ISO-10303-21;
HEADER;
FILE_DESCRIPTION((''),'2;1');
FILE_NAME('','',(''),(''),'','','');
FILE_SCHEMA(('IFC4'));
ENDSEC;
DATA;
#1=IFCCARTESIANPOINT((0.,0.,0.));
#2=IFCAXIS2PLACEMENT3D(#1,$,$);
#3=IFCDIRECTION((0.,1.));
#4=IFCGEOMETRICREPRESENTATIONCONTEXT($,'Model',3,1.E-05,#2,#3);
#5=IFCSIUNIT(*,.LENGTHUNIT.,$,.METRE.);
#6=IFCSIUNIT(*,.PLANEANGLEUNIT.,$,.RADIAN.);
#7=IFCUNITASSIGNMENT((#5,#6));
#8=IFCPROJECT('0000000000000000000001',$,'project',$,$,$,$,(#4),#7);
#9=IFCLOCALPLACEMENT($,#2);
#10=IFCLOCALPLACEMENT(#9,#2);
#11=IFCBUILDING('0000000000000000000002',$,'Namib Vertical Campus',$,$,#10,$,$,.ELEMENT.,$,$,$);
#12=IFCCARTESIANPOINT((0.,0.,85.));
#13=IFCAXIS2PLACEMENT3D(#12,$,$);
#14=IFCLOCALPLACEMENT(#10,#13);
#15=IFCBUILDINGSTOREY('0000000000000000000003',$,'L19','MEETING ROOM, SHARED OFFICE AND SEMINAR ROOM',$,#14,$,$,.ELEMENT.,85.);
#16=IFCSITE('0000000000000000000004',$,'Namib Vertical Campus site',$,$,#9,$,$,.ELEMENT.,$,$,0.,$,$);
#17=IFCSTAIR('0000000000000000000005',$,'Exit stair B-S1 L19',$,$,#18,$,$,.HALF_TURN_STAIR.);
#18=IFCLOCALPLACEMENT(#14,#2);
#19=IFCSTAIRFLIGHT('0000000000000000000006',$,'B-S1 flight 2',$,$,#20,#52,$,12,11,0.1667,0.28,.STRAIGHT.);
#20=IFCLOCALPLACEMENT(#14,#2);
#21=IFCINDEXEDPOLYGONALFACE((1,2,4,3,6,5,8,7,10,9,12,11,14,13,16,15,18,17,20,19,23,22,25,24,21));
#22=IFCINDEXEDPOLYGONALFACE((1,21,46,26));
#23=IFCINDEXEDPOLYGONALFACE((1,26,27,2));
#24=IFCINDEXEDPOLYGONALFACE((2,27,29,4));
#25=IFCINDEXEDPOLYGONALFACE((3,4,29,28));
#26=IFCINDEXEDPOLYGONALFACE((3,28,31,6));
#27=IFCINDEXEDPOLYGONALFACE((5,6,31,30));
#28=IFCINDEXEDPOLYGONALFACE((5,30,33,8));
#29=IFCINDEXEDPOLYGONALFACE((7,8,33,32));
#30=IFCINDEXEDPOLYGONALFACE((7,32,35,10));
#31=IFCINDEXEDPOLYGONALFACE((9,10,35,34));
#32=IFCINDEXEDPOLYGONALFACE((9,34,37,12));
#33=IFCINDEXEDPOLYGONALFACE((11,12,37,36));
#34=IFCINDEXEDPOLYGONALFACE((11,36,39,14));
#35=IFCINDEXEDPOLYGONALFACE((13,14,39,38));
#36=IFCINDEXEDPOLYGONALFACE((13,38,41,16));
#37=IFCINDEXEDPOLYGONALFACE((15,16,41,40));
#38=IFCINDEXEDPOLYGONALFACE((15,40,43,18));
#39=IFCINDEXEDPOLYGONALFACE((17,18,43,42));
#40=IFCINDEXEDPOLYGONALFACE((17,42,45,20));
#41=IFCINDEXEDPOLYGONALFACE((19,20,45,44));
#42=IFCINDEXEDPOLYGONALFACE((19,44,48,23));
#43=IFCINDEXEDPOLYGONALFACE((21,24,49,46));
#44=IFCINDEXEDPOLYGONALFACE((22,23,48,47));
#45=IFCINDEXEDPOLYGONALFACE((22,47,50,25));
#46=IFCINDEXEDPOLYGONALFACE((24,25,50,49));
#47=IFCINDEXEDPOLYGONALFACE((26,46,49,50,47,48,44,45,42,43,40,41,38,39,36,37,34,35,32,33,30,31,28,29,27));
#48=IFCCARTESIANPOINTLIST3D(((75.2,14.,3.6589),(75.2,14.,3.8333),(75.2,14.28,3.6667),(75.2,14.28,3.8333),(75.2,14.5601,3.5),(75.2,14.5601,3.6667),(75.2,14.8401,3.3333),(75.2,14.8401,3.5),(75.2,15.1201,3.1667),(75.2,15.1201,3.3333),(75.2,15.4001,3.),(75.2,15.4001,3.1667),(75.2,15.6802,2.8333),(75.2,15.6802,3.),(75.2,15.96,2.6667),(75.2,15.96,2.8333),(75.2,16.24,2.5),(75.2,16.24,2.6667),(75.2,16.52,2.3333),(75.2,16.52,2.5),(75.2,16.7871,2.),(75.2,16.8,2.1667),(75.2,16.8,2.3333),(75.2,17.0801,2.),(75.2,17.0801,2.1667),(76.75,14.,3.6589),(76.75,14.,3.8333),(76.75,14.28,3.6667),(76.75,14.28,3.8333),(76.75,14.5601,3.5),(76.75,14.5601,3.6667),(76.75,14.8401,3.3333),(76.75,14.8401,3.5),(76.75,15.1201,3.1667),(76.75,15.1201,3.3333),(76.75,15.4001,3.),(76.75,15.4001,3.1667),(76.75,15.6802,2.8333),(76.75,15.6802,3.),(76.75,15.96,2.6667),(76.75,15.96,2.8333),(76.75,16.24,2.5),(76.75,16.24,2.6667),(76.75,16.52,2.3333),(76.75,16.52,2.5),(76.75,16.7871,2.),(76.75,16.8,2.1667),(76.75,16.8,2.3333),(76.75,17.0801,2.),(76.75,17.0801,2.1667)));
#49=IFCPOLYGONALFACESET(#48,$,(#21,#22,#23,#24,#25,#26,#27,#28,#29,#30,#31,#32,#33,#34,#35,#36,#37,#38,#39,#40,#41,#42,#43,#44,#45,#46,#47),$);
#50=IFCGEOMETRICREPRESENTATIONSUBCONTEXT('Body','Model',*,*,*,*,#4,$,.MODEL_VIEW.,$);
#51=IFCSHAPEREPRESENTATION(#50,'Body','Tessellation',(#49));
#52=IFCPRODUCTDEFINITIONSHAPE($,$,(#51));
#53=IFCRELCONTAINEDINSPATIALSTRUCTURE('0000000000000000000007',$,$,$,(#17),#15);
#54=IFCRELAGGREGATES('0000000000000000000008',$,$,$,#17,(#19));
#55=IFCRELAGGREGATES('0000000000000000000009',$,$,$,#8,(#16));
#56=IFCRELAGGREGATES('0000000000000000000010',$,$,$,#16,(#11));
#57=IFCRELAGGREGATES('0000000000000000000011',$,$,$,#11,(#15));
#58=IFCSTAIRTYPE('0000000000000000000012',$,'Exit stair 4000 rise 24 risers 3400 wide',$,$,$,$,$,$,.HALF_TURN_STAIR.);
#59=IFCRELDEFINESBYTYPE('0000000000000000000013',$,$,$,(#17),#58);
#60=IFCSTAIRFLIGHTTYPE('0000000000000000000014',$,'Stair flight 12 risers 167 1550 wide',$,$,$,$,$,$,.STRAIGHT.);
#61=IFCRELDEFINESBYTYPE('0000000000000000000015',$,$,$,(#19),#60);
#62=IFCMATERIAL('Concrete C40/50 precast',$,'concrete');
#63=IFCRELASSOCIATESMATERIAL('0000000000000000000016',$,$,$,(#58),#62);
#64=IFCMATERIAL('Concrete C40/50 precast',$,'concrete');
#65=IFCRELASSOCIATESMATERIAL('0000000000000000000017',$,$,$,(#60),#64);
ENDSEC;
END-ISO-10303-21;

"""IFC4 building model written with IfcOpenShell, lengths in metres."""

from ifc_helpers import new_model, si_unit, direction, frame, origin, place, context, subcontext, project, spatial, polyline, outline, extrude, material, type_object, element, aggregate, save


model = new_model("IFC4")

# Units and contexts
model_context = context("Model", 3, precision=1e-05, world=origin(), true_north=direction((0.0, 1.0)))
body_context = subcontext(model_context, "Body", "Model", "MODEL_VIEW")
ifc_project = project(units=[si_unit("LENGTHUNIT", "METRE"), si_unit("PLANEANGLEUNIT", "RADIAN")], contexts=[model_context])

# Site, building, storey
site_placement = place(None, origin())
site = spatial("IfcSite", under=ifc_project, at=site_placement, Name="Namib Vertical Campus site", CompositionType="ELEMENT", RefElevation=0.0)
building_placement = place(site_placement, origin())
building = spatial("IfcBuilding", under=site, at=building_placement, Name="Namib Vertical Campus", CompositionType="ELEMENT")
storey_placement = place(building_placement, frame((0.0, 0.0, 85.0)))
storey = spatial("IfcBuildingStorey", under=building, at=storey_placement, Name="L19", Description="MEETING ROOM, SHARED OFFICE AND SEMINAR ROOM", CompositionType="ELEMENT", Elevation=85.0)

# Stair, stair flight
ifc_material_1 = material(Name="Concrete C40/50 precast", Category="concrete")
stair_type = type_object("IfcStairType", Name="Exit stair 4000 rise 24 risers 3400 wide", PredefinedType="HALF_TURN_STAIR", material=ifc_material_1)
stair_placement = place(storey_placement, origin())
stair = element("IfcStair", 1, at=stair_placement, inside=storey, type_object=stair_type, Name="Exit stair B-S1 L19", PredefinedType="HALF_TURN_STAIR")
ifc_material_2 = material(Name="Concrete C40/50 precast", Category="concrete")
stair_flight_type = type_object("IfcStairFlightType", Name="Stair flight 12 risers 167 1550 wide", PredefinedType="STRAIGHT", material=ifc_material_2)
stair_flight_placement = place(storey_placement, frame((75.9751, 17.0801, 2.0), z_axis=(0.0, 0.0, 1.0), x_axis=(0.0, -1.0, 0.0)))
stair_flight = element("IfcStairFlight", 2, at=stair_flight_placement, type_object=stair_flight_type, Name="B-S1 flight 2", NumberOfRisers=12, NumberOfTreads=11, PredefinedType="STRAIGHT", RiserHeight=0.1667, TreadLength=0.28, context=body_context, shape_type="SweptSolid", body=[
    extrude(outline(polyline([(0.0, 0.0), (0.0, 0.1667), (0.28, 0.1667), (0.28, 0.3333), (0.5601, 0.3333), (0.5601, 0.5), (0.8401, 0.5), (0.8401, 0.6667), (1.1201, 0.6667), (1.1201, 0.8333), (1.3999, 0.8333), (1.3999, 1.0), (1.6799, 1.0), (1.6799, 1.1667), (1.96, 1.1667), (1.96, 1.3333), (2.24, 1.3333), (2.24, 1.5), (2.52, 1.5), (2.52, 1.6667), (2.8, 1.6667), (2.8, 1.8333), (3.0801, 1.8333), (3.0801, 2.0), (3.0801, 1.6589), (0.293, 0.0), (0.0, 0.0)])), frame((0.0, 0.7749, 0.0), z_axis=(0.0, -1.0, 0.0), x_axis=(1.0, 0.0, 0.0)), (0.0, 0.0, 1.0), 1.55),
])
aggregate(stair, [stair_flight])

save(model, "model.ifc")
